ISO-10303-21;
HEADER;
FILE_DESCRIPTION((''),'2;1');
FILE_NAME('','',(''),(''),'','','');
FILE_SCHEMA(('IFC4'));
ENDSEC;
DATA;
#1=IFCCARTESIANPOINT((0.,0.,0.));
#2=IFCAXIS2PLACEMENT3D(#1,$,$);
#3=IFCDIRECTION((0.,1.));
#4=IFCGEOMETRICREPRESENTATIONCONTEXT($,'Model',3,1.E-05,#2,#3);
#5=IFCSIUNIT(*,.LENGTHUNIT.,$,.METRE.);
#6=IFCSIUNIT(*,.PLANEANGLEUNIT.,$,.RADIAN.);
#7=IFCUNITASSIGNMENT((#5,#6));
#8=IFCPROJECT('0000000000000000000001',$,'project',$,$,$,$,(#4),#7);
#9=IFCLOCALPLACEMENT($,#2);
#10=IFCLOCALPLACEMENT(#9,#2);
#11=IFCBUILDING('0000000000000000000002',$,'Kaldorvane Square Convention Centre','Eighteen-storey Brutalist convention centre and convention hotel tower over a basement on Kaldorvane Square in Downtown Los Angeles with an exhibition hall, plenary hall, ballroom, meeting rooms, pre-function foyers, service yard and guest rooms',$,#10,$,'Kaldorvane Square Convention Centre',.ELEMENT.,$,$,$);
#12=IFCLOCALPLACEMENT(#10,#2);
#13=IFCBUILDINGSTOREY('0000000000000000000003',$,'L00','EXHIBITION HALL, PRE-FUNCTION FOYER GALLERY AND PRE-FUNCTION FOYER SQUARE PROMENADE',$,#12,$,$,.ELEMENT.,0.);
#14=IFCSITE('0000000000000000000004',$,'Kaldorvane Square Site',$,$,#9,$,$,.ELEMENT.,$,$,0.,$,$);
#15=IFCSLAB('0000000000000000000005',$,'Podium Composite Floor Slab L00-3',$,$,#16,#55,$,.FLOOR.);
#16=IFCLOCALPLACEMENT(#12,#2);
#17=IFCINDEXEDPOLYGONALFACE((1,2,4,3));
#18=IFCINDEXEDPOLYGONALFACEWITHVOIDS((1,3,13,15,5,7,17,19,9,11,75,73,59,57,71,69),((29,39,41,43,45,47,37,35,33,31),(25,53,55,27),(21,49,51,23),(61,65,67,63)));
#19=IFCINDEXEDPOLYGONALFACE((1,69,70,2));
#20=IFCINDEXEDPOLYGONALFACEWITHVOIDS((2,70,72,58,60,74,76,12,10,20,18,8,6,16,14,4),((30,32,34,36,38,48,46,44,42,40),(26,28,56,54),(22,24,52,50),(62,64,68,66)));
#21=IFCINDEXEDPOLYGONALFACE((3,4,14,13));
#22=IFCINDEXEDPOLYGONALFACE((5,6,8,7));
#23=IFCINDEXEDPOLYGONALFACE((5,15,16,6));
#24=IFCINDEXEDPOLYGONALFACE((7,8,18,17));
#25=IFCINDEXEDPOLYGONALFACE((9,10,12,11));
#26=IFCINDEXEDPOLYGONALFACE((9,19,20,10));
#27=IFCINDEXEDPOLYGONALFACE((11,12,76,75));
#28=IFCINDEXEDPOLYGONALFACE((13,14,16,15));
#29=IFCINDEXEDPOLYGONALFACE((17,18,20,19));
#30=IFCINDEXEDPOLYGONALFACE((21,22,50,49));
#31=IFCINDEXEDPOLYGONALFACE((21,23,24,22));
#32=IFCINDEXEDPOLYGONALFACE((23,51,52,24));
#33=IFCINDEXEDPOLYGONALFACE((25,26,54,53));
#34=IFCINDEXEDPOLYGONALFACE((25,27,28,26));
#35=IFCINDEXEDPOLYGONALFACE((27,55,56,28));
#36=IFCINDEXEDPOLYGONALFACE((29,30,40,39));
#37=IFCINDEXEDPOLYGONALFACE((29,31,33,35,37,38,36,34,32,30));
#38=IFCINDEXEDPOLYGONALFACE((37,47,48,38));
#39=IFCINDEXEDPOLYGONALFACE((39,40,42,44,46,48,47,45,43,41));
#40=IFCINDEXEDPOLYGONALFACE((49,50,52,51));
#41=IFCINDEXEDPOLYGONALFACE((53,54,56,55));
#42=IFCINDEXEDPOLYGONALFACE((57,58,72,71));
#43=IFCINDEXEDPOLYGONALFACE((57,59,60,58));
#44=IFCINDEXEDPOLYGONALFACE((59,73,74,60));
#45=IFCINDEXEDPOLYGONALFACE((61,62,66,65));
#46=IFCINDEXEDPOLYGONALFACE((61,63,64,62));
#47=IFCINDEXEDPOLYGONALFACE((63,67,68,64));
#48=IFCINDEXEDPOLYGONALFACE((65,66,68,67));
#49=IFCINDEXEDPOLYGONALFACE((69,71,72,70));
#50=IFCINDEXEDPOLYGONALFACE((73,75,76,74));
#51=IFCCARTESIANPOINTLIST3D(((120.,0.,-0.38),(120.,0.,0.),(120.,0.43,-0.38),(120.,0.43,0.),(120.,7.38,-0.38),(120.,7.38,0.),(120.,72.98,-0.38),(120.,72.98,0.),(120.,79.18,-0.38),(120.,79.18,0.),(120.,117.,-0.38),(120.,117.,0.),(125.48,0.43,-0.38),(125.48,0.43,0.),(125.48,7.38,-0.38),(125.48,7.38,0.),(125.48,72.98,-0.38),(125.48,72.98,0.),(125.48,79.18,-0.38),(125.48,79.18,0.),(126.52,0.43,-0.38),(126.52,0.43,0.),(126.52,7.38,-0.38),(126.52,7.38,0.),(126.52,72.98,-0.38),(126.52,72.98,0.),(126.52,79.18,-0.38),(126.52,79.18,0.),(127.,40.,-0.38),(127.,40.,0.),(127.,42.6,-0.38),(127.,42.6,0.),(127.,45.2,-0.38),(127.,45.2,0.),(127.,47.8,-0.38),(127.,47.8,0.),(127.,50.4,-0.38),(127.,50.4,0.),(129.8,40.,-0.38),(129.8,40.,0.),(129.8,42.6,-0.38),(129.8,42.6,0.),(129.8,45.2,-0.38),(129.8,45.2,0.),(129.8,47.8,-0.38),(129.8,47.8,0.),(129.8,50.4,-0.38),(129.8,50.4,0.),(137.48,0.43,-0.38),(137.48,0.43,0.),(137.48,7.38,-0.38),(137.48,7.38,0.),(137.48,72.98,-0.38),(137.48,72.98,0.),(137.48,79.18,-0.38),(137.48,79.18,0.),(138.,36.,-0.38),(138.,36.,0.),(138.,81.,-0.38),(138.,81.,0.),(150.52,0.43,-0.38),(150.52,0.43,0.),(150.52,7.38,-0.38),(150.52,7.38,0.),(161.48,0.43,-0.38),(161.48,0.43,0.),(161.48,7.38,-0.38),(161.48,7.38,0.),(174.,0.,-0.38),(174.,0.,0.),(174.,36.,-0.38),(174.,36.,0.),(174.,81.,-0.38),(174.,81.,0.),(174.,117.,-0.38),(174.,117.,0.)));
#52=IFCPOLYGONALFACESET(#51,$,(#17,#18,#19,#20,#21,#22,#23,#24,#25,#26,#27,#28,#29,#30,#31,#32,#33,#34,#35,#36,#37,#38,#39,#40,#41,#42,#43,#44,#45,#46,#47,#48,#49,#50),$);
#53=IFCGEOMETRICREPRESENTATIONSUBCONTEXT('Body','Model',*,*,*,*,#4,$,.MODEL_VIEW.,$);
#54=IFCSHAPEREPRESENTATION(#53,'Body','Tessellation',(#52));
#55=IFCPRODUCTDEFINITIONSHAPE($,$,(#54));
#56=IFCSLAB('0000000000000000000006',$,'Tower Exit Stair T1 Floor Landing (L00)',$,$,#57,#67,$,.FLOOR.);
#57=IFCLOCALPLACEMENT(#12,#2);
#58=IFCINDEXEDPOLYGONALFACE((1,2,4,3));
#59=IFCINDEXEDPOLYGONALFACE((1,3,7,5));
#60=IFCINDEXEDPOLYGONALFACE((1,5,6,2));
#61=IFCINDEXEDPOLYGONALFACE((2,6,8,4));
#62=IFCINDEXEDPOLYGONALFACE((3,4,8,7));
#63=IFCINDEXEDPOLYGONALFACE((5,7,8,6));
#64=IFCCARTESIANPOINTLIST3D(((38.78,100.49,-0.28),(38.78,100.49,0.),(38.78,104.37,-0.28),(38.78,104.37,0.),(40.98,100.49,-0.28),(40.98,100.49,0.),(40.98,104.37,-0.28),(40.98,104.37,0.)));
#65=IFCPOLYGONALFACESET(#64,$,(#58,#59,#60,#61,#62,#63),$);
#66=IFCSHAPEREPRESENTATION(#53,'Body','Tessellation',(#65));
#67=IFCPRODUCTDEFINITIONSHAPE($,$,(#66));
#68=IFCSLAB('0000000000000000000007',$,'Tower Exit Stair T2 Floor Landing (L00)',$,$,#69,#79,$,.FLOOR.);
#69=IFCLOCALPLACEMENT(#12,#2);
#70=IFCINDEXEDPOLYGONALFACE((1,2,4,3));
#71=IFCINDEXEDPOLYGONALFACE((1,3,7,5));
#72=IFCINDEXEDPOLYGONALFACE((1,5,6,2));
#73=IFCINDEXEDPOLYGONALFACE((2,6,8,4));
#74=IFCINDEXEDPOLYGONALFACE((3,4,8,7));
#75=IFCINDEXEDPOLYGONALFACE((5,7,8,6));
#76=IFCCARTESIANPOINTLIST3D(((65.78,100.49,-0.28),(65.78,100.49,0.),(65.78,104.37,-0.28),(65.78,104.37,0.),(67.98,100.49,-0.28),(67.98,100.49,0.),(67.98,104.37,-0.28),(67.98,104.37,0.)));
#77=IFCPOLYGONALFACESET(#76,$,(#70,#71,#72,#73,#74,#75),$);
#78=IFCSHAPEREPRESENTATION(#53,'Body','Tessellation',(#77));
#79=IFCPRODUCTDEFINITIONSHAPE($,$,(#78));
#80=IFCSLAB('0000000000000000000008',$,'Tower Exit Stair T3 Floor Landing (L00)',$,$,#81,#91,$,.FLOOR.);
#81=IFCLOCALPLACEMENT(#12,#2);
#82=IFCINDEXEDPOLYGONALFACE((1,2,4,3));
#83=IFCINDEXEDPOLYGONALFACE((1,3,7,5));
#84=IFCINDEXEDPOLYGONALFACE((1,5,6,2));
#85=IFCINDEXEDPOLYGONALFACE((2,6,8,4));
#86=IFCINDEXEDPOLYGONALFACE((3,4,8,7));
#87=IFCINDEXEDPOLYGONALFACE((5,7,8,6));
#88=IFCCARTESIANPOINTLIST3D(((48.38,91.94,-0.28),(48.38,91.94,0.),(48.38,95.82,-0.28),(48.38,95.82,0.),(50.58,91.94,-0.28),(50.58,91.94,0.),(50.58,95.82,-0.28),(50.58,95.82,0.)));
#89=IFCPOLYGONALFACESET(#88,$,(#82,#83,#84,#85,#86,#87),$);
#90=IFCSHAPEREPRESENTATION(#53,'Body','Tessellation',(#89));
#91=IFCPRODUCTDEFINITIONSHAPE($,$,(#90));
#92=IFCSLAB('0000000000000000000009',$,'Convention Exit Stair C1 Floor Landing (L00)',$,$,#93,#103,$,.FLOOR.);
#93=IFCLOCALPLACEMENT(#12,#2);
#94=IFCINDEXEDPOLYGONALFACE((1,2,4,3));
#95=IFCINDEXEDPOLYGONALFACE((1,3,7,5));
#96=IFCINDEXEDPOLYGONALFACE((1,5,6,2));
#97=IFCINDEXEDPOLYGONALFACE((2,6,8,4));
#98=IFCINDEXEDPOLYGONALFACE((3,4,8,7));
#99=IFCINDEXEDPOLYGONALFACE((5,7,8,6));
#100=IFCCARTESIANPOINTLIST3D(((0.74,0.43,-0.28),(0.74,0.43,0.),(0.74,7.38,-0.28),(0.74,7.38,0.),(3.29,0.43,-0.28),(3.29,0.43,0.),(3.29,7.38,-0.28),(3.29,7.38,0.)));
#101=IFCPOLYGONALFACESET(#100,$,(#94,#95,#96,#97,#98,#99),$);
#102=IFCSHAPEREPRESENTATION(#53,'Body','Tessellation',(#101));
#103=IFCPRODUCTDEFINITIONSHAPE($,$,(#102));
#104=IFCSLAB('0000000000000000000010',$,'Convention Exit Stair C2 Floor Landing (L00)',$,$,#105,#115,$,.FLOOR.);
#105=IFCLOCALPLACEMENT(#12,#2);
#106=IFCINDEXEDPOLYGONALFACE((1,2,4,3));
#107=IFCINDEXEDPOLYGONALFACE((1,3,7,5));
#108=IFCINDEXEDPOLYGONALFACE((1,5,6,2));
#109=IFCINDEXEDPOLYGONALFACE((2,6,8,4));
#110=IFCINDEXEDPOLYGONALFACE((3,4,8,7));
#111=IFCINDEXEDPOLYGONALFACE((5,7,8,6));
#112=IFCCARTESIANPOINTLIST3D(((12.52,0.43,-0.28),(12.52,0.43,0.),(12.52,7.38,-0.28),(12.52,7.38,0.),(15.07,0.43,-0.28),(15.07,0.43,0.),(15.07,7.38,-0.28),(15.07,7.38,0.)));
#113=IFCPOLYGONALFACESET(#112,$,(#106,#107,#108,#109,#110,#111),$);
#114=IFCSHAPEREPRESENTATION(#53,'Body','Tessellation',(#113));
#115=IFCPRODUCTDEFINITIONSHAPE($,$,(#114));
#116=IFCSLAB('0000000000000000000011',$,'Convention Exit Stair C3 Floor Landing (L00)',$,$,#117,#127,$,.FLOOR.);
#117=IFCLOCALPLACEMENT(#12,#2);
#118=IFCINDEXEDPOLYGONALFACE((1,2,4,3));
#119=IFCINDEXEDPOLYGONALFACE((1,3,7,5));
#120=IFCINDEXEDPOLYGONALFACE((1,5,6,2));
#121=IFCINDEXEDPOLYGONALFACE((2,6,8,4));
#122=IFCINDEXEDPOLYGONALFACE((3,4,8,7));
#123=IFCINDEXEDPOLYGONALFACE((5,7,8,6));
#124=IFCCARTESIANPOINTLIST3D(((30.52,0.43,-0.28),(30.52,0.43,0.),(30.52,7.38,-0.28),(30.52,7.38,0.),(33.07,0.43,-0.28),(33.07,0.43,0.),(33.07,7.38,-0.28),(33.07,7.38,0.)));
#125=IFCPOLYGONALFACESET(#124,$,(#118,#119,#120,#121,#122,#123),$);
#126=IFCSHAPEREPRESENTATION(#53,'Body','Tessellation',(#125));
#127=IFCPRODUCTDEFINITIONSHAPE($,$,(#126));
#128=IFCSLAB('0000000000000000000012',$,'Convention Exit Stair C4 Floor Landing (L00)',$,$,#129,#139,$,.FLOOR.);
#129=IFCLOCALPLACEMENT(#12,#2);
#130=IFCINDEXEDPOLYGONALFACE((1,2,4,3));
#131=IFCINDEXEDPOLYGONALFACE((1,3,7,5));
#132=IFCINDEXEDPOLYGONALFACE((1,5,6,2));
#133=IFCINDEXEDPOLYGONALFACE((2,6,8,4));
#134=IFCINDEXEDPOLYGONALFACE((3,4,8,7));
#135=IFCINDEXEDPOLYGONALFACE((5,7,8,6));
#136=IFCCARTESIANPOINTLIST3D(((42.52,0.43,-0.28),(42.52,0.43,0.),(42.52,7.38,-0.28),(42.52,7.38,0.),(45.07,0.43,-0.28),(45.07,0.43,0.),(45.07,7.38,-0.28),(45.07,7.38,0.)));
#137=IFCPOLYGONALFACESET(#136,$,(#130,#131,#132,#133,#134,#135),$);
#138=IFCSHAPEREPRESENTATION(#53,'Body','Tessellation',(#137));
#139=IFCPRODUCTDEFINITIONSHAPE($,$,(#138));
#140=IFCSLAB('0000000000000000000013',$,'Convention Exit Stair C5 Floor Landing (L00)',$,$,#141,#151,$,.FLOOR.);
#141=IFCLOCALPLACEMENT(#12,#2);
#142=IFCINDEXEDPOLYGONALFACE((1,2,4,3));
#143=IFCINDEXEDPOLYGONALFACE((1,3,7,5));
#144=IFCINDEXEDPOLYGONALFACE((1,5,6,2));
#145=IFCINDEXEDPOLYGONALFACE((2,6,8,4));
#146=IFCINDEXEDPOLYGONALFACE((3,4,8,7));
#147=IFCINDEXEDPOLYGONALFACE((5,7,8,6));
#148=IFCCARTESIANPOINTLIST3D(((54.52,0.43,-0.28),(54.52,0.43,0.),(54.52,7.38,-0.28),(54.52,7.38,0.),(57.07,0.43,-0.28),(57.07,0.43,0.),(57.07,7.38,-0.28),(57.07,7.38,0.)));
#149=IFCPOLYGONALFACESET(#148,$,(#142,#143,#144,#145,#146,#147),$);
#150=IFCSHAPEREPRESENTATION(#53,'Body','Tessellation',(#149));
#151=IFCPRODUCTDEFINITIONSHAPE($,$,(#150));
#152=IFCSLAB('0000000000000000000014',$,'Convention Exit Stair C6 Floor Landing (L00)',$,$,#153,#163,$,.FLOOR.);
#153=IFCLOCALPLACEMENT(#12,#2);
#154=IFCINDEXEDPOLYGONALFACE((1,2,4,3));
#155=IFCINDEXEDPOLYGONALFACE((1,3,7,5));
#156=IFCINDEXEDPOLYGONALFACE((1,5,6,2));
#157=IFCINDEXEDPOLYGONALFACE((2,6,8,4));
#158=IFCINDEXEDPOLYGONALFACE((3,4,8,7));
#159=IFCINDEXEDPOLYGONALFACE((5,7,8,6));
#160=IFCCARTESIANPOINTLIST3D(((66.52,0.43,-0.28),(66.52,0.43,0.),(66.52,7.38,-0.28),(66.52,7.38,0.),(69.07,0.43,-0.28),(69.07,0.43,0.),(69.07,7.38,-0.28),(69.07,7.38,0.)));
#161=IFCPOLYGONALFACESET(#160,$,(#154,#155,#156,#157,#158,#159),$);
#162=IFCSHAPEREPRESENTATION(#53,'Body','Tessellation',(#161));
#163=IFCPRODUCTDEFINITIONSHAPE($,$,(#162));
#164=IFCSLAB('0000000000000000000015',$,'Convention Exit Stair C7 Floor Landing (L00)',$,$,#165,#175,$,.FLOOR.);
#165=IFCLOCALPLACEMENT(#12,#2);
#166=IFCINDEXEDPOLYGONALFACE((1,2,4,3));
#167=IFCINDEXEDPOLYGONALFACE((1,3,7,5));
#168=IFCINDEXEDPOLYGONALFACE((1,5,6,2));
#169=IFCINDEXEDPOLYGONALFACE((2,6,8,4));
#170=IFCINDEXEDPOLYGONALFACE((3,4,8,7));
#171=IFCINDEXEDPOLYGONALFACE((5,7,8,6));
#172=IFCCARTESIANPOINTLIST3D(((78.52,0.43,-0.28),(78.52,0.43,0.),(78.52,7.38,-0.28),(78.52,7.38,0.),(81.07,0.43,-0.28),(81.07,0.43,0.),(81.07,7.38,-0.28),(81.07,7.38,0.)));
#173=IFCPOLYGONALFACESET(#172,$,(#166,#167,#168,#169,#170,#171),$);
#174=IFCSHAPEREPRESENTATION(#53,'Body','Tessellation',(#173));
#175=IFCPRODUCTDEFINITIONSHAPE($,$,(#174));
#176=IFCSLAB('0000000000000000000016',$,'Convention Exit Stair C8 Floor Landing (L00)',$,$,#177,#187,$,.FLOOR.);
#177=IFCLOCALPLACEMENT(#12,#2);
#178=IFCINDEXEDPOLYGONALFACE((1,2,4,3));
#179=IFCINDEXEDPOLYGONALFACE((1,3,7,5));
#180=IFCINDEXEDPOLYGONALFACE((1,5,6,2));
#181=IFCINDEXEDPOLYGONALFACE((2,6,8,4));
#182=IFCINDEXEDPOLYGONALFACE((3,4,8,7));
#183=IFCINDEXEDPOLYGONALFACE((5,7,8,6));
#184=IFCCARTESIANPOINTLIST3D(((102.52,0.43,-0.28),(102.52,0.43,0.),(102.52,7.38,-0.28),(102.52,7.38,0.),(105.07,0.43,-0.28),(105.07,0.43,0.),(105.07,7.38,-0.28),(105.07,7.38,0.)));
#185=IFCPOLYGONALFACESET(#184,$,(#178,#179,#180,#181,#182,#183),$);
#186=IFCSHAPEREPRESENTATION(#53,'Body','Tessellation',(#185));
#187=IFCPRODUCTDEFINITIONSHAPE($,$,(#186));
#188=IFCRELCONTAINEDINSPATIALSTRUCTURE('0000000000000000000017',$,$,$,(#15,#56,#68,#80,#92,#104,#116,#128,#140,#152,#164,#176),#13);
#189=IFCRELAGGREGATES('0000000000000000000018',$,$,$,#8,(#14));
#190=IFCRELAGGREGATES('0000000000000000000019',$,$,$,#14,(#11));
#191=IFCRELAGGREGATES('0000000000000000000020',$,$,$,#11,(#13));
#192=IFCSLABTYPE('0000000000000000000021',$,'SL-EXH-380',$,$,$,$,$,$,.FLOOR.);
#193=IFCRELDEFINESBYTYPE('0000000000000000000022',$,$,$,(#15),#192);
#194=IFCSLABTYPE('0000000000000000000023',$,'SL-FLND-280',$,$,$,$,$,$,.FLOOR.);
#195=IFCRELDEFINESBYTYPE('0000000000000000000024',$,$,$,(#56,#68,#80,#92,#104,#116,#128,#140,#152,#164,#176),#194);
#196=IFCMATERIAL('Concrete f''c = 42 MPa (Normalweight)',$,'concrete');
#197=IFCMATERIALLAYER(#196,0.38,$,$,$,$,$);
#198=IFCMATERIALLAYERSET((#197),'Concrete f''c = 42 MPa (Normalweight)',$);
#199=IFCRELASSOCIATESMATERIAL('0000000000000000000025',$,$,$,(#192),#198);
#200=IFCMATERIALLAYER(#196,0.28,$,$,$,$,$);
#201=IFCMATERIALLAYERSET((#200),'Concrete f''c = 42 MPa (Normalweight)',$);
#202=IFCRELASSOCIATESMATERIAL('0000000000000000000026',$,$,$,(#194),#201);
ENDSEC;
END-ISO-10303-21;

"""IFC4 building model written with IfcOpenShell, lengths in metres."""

from ifc_helpers import new_model, si_unit, direction, frame, origin, place, context, subcontext, project, spatial, polyline, outline, extrude, material, layer, layer_set, type_object, element, save


model = new_model("IFC4")

# Units and contexts
model_context = context("Model", 3, precision=1e-05, world=origin(), true_north=direction((0.0, 1.0)))
body_context = subcontext(model_context, "Body", "Model", "MODEL_VIEW")
ifc_project = project(units=[si_unit("LENGTHUNIT", "METRE"), si_unit("PLANEANGLEUNIT", "RADIAN")], contexts=[model_context])

# Site, building, storey
site_placement = place(None, origin())
site = spatial("IfcSite", under=ifc_project, at=site_placement, Name="Kaldorvane Square Site", CompositionType="ELEMENT", RefElevation=0.0)
building_placement = place(site_placement, origin())
building = spatial("IfcBuilding", under=site, at=building_placement, Name="Kaldorvane Square Convention Centre", Description="Eighteen-storey Brutalist convention centre and convention hotel tower over a basement on Kaldorvane Square in Downtown Los Angeles with an exhibition hall, plenary hall, ballroom, meeting rooms, pre-function foyers, service yard and guest rooms", LongName="Kaldorvane Square Convention Centre", CompositionType="ELEMENT")
storey_placement = place(building_placement, origin())
storey = spatial("IfcBuildingStorey", under=building, at=storey_placement, Name="L00", Description="EXHIBITION HALL, PRE-FUNCTION FOYER GALLERY AND PRE-FUNCTION FOYER SQUARE PROMENADE", CompositionType="ELEMENT", Elevation=0.0)

# Shared definitions
ifc_material_1 = material(Name="Concrete f'c = 42 MPa (Normalweight)", Category="concrete")

# Slabs
ifc_layer_1 = layer(ifc_material_1, 0.38)
ifc_layer_set_1 = layer_set([ifc_layer_1], Name="Concrete f'c = 42 MPa (Normalweight)")
slab_type_1 = type_object("IfcSlabType", Name="SL-EXH-380", PredefinedType="FLOOR", material=ifc_layer_set_1)
slab_1_placement = place(storey_placement, frame((0.0, 0.0, -0.38)))
element("IfcSlab", 1, at=slab_1_placement, inside=storey, type_object=slab_type_1, Name="Podium Composite Floor Slab L00-3", PredefinedType="FLOOR", context=body_context, shape_type="SweptSolid", body=[
    extrude(outline(polyline([(174.0, 117.0), (174.0, 81.0), (138.0, 81.0), (138.0, 36.0), (174.0, 36.0), (174.0, 0.0), (120.0, 0.0), (120.0, 0.43), (125.48, 0.43), (125.48, 7.38), (120.0, 7.38), (120.0, 72.98), (125.48, 72.98), (125.48, 79.18), (120.0, 79.18), (120.0, 117.0), (174.0, 117.0)]), holes=[polyline([(137.48, 0.43), (137.48, 7.38), (126.52, 7.38), (126.52, 0.43), (137.48, 0.43)]), polyline([(161.48, 0.43), (161.48, 7.38), (150.52, 7.38), (150.52, 0.43), (161.48, 0.43)]), polyline([(129.8, 40.0), (129.8, 42.6), (129.8, 45.2), (129.8, 47.8), (129.8, 50.4), (127.0, 50.4), (127.0, 47.8), (127.0, 45.2), (127.0, 42.6), (127.0, 40.0), (129.8, 40.0)]), polyline([(137.48, 72.98), (137.48, 79.18), (126.52, 79.18), (126.52, 72.98), (137.48, 72.98)])]), origin(), (0.0, 0.0, 1.0), 0.38),
])
ifc_layer_2 = layer(ifc_material_1, 0.28)
ifc_layer_set_2 = layer_set([ifc_layer_2], Name="Concrete f'c = 42 MPa (Normalweight)")
slab_type_2 = type_object("IfcSlabType", Name="SL-FLND-280", PredefinedType="FLOOR", material=ifc_layer_set_2)
slab_2_placement = place(storey_placement, frame((0.0, 0.0, -0.28)))
element("IfcSlab", 2, at=slab_2_placement, inside=storey, type_object=slab_type_2, Name="Tower Exit Stair T1 Floor Landing (L00)", PredefinedType="FLOOR", context=body_context, shape_type="SweptSolid", body=[
    extrude(outline(polyline([(38.78, 100.49), (40.98, 100.49), (40.98, 104.37), (38.78, 104.37), (38.78, 100.49)])), origin(), (0.0, 0.0, 1.0), 0.28),
])
slab_3_placement = place(storey_placement, frame((0.0, 0.0, -0.28)))
element("IfcSlab", 3, at=slab_3_placement, inside=storey, type_object=slab_type_2, Name="Tower Exit Stair T2 Floor Landing (L00)", PredefinedType="FLOOR", context=body_context, shape_type="SweptSolid", body=[
    extrude(outline(polyline([(65.78, 100.49), (67.98, 100.49), (67.98, 104.37), (65.78, 104.37), (65.78, 100.49)])), origin(), (0.0, 0.0, 1.0), 0.28),
])
slab_4_placement = place(storey_placement, frame((0.0, 0.0, -0.28)))
element("IfcSlab", 4, at=slab_4_placement, inside=storey, type_object=slab_type_2, Name="Tower Exit Stair T3 Floor Landing (L00)", PredefinedType="FLOOR", context=body_context, shape_type="SweptSolid", body=[
    extrude(outline(polyline([(48.38, 91.94), (50.58, 91.94), (50.58, 95.82), (48.38, 95.82), (48.38, 91.94)])), origin(), (0.0, 0.0, 1.0), 0.28),
])
slab_5_placement = place(storey_placement, frame((0.0, 0.0, -0.28)))
element("IfcSlab", 5, at=slab_5_placement, inside=storey, type_object=slab_type_2, Name="Convention Exit Stair C1 Floor Landing (L00)", PredefinedType="FLOOR", context=body_context, shape_type="SweptSolid", body=[
    extrude(outline(polyline([(0.74, 0.43), (3.29, 0.43), (3.29, 7.38), (0.74, 7.38), (0.74, 0.43)])), origin(), (0.0, 0.0, 1.0), 0.28),
])
slab_6_placement = place(storey_placement, frame((0.0, 0.0, -0.28)))
element("IfcSlab", 6, at=slab_6_placement, inside=storey, type_object=slab_type_2, Name="Convention Exit Stair C2 Floor Landing (L00)", PredefinedType="FLOOR", context=body_context, shape_type="SweptSolid", body=[
    extrude(outline(polyline([(12.52, 0.43), (15.07, 0.43), (15.07, 7.38), (12.52, 7.38), (12.52, 0.43)])), origin(), (0.0, 0.0, 1.0), 0.28),
])
slab_7_placement = place(storey_placement, frame((0.0, 0.0, -0.28)))
element("IfcSlab", 7, at=slab_7_placement, inside=storey, type_object=slab_type_2, Name="Convention Exit Stair C3 Floor Landing (L00)", PredefinedType="FLOOR", context=body_context, shape_type="SweptSolid", body=[
    extrude(outline(polyline([(30.52, 0.43), (33.07, 0.43), (33.07, 7.38), (30.52, 7.38), (30.52, 0.43)])), origin(), (0.0, 0.0, 1.0), 0.28),
])
slab_8_placement = place(storey_placement, frame((0.0, 0.0, -0.28)))
element("IfcSlab", 8, at=slab_8_placement, inside=storey, type_object=slab_type_2, Name="Convention Exit Stair C4 Floor Landing (L00)", PredefinedType="FLOOR", context=body_context, shape_type="SweptSolid", body=[
    extrude(outline(polyline([(42.52, 0.43), (45.07, 0.43), (45.07, 7.38), (42.52, 7.38), (42.52, 0.43)])), origin(), (0.0, 0.0, 1.0), 0.28),
])
slab_9_placement = place(storey_placement, frame((0.0, 0.0, -0.28)))
element("IfcSlab", 9, at=slab_9_placement, inside=storey, type_object=slab_type_2, Name="Convention Exit Stair C5 Floor Landing (L00)", PredefinedType="FLOOR", context=body_context, shape_type="SweptSolid", body=[
    extrude(outline(polyline([(54.52, 0.43), (57.07, 0.43), (57.07, 7.38), (54.52, 7.38), (54.52, 0.43)])), origin(), (0.0, 0.0, 1.0), 0.28),
])
slab_10_placement = place(storey_placement, frame((0.0, 0.0, -0.28)))
element("IfcSlab", 10, at=slab_10_placement, inside=storey, type_object=slab_type_2, Name="Convention Exit Stair C6 Floor Landing (L00)", PredefinedType="FLOOR", context=body_context, shape_type="SweptSolid", body=[
    extrude(outline(polyline([(66.52, 0.43), (69.07, 0.43), (69.07, 7.38), (66.52, 7.38), (66.52, 0.43)])), origin(), (0.0, 0.0, 1.0), 0.28),
])
slab_11_placement = place(storey_placement, frame((0.0, 0.0, -0.28)))
element("IfcSlab", 11, at=slab_11_placement, inside=storey, type_object=slab_type_2, Name="Convention Exit Stair C7 Floor Landing (L00)", PredefinedType="FLOOR", context=body_context, shape_type="SweptSolid", body=[
    extrude(outline(polyline([(78.52, 0.43), (81.07, 0.43), (81.07, 7.38), (78.52, 7.38), (78.52, 0.43)])), origin(), (0.0, 0.0, 1.0), 0.28),
])
slab_12_placement = place(storey_placement, frame((0.0, 0.0, -0.28)))
element("IfcSlab", 12, at=slab_12_placement, inside=storey, type_object=slab_type_2, Name="Convention Exit Stair C8 Floor Landing (L00)", PredefinedType="FLOOR", context=body_context, shape_type="SweptSolid", body=[
    extrude(outline(polyline([(102.52, 0.43), (105.07, 0.43), (105.07, 7.38), (102.52, 7.38), (102.52, 0.43)])), origin(), (0.0, 0.0, 1.0), 0.28),
])

save(model, "model.ifc")
